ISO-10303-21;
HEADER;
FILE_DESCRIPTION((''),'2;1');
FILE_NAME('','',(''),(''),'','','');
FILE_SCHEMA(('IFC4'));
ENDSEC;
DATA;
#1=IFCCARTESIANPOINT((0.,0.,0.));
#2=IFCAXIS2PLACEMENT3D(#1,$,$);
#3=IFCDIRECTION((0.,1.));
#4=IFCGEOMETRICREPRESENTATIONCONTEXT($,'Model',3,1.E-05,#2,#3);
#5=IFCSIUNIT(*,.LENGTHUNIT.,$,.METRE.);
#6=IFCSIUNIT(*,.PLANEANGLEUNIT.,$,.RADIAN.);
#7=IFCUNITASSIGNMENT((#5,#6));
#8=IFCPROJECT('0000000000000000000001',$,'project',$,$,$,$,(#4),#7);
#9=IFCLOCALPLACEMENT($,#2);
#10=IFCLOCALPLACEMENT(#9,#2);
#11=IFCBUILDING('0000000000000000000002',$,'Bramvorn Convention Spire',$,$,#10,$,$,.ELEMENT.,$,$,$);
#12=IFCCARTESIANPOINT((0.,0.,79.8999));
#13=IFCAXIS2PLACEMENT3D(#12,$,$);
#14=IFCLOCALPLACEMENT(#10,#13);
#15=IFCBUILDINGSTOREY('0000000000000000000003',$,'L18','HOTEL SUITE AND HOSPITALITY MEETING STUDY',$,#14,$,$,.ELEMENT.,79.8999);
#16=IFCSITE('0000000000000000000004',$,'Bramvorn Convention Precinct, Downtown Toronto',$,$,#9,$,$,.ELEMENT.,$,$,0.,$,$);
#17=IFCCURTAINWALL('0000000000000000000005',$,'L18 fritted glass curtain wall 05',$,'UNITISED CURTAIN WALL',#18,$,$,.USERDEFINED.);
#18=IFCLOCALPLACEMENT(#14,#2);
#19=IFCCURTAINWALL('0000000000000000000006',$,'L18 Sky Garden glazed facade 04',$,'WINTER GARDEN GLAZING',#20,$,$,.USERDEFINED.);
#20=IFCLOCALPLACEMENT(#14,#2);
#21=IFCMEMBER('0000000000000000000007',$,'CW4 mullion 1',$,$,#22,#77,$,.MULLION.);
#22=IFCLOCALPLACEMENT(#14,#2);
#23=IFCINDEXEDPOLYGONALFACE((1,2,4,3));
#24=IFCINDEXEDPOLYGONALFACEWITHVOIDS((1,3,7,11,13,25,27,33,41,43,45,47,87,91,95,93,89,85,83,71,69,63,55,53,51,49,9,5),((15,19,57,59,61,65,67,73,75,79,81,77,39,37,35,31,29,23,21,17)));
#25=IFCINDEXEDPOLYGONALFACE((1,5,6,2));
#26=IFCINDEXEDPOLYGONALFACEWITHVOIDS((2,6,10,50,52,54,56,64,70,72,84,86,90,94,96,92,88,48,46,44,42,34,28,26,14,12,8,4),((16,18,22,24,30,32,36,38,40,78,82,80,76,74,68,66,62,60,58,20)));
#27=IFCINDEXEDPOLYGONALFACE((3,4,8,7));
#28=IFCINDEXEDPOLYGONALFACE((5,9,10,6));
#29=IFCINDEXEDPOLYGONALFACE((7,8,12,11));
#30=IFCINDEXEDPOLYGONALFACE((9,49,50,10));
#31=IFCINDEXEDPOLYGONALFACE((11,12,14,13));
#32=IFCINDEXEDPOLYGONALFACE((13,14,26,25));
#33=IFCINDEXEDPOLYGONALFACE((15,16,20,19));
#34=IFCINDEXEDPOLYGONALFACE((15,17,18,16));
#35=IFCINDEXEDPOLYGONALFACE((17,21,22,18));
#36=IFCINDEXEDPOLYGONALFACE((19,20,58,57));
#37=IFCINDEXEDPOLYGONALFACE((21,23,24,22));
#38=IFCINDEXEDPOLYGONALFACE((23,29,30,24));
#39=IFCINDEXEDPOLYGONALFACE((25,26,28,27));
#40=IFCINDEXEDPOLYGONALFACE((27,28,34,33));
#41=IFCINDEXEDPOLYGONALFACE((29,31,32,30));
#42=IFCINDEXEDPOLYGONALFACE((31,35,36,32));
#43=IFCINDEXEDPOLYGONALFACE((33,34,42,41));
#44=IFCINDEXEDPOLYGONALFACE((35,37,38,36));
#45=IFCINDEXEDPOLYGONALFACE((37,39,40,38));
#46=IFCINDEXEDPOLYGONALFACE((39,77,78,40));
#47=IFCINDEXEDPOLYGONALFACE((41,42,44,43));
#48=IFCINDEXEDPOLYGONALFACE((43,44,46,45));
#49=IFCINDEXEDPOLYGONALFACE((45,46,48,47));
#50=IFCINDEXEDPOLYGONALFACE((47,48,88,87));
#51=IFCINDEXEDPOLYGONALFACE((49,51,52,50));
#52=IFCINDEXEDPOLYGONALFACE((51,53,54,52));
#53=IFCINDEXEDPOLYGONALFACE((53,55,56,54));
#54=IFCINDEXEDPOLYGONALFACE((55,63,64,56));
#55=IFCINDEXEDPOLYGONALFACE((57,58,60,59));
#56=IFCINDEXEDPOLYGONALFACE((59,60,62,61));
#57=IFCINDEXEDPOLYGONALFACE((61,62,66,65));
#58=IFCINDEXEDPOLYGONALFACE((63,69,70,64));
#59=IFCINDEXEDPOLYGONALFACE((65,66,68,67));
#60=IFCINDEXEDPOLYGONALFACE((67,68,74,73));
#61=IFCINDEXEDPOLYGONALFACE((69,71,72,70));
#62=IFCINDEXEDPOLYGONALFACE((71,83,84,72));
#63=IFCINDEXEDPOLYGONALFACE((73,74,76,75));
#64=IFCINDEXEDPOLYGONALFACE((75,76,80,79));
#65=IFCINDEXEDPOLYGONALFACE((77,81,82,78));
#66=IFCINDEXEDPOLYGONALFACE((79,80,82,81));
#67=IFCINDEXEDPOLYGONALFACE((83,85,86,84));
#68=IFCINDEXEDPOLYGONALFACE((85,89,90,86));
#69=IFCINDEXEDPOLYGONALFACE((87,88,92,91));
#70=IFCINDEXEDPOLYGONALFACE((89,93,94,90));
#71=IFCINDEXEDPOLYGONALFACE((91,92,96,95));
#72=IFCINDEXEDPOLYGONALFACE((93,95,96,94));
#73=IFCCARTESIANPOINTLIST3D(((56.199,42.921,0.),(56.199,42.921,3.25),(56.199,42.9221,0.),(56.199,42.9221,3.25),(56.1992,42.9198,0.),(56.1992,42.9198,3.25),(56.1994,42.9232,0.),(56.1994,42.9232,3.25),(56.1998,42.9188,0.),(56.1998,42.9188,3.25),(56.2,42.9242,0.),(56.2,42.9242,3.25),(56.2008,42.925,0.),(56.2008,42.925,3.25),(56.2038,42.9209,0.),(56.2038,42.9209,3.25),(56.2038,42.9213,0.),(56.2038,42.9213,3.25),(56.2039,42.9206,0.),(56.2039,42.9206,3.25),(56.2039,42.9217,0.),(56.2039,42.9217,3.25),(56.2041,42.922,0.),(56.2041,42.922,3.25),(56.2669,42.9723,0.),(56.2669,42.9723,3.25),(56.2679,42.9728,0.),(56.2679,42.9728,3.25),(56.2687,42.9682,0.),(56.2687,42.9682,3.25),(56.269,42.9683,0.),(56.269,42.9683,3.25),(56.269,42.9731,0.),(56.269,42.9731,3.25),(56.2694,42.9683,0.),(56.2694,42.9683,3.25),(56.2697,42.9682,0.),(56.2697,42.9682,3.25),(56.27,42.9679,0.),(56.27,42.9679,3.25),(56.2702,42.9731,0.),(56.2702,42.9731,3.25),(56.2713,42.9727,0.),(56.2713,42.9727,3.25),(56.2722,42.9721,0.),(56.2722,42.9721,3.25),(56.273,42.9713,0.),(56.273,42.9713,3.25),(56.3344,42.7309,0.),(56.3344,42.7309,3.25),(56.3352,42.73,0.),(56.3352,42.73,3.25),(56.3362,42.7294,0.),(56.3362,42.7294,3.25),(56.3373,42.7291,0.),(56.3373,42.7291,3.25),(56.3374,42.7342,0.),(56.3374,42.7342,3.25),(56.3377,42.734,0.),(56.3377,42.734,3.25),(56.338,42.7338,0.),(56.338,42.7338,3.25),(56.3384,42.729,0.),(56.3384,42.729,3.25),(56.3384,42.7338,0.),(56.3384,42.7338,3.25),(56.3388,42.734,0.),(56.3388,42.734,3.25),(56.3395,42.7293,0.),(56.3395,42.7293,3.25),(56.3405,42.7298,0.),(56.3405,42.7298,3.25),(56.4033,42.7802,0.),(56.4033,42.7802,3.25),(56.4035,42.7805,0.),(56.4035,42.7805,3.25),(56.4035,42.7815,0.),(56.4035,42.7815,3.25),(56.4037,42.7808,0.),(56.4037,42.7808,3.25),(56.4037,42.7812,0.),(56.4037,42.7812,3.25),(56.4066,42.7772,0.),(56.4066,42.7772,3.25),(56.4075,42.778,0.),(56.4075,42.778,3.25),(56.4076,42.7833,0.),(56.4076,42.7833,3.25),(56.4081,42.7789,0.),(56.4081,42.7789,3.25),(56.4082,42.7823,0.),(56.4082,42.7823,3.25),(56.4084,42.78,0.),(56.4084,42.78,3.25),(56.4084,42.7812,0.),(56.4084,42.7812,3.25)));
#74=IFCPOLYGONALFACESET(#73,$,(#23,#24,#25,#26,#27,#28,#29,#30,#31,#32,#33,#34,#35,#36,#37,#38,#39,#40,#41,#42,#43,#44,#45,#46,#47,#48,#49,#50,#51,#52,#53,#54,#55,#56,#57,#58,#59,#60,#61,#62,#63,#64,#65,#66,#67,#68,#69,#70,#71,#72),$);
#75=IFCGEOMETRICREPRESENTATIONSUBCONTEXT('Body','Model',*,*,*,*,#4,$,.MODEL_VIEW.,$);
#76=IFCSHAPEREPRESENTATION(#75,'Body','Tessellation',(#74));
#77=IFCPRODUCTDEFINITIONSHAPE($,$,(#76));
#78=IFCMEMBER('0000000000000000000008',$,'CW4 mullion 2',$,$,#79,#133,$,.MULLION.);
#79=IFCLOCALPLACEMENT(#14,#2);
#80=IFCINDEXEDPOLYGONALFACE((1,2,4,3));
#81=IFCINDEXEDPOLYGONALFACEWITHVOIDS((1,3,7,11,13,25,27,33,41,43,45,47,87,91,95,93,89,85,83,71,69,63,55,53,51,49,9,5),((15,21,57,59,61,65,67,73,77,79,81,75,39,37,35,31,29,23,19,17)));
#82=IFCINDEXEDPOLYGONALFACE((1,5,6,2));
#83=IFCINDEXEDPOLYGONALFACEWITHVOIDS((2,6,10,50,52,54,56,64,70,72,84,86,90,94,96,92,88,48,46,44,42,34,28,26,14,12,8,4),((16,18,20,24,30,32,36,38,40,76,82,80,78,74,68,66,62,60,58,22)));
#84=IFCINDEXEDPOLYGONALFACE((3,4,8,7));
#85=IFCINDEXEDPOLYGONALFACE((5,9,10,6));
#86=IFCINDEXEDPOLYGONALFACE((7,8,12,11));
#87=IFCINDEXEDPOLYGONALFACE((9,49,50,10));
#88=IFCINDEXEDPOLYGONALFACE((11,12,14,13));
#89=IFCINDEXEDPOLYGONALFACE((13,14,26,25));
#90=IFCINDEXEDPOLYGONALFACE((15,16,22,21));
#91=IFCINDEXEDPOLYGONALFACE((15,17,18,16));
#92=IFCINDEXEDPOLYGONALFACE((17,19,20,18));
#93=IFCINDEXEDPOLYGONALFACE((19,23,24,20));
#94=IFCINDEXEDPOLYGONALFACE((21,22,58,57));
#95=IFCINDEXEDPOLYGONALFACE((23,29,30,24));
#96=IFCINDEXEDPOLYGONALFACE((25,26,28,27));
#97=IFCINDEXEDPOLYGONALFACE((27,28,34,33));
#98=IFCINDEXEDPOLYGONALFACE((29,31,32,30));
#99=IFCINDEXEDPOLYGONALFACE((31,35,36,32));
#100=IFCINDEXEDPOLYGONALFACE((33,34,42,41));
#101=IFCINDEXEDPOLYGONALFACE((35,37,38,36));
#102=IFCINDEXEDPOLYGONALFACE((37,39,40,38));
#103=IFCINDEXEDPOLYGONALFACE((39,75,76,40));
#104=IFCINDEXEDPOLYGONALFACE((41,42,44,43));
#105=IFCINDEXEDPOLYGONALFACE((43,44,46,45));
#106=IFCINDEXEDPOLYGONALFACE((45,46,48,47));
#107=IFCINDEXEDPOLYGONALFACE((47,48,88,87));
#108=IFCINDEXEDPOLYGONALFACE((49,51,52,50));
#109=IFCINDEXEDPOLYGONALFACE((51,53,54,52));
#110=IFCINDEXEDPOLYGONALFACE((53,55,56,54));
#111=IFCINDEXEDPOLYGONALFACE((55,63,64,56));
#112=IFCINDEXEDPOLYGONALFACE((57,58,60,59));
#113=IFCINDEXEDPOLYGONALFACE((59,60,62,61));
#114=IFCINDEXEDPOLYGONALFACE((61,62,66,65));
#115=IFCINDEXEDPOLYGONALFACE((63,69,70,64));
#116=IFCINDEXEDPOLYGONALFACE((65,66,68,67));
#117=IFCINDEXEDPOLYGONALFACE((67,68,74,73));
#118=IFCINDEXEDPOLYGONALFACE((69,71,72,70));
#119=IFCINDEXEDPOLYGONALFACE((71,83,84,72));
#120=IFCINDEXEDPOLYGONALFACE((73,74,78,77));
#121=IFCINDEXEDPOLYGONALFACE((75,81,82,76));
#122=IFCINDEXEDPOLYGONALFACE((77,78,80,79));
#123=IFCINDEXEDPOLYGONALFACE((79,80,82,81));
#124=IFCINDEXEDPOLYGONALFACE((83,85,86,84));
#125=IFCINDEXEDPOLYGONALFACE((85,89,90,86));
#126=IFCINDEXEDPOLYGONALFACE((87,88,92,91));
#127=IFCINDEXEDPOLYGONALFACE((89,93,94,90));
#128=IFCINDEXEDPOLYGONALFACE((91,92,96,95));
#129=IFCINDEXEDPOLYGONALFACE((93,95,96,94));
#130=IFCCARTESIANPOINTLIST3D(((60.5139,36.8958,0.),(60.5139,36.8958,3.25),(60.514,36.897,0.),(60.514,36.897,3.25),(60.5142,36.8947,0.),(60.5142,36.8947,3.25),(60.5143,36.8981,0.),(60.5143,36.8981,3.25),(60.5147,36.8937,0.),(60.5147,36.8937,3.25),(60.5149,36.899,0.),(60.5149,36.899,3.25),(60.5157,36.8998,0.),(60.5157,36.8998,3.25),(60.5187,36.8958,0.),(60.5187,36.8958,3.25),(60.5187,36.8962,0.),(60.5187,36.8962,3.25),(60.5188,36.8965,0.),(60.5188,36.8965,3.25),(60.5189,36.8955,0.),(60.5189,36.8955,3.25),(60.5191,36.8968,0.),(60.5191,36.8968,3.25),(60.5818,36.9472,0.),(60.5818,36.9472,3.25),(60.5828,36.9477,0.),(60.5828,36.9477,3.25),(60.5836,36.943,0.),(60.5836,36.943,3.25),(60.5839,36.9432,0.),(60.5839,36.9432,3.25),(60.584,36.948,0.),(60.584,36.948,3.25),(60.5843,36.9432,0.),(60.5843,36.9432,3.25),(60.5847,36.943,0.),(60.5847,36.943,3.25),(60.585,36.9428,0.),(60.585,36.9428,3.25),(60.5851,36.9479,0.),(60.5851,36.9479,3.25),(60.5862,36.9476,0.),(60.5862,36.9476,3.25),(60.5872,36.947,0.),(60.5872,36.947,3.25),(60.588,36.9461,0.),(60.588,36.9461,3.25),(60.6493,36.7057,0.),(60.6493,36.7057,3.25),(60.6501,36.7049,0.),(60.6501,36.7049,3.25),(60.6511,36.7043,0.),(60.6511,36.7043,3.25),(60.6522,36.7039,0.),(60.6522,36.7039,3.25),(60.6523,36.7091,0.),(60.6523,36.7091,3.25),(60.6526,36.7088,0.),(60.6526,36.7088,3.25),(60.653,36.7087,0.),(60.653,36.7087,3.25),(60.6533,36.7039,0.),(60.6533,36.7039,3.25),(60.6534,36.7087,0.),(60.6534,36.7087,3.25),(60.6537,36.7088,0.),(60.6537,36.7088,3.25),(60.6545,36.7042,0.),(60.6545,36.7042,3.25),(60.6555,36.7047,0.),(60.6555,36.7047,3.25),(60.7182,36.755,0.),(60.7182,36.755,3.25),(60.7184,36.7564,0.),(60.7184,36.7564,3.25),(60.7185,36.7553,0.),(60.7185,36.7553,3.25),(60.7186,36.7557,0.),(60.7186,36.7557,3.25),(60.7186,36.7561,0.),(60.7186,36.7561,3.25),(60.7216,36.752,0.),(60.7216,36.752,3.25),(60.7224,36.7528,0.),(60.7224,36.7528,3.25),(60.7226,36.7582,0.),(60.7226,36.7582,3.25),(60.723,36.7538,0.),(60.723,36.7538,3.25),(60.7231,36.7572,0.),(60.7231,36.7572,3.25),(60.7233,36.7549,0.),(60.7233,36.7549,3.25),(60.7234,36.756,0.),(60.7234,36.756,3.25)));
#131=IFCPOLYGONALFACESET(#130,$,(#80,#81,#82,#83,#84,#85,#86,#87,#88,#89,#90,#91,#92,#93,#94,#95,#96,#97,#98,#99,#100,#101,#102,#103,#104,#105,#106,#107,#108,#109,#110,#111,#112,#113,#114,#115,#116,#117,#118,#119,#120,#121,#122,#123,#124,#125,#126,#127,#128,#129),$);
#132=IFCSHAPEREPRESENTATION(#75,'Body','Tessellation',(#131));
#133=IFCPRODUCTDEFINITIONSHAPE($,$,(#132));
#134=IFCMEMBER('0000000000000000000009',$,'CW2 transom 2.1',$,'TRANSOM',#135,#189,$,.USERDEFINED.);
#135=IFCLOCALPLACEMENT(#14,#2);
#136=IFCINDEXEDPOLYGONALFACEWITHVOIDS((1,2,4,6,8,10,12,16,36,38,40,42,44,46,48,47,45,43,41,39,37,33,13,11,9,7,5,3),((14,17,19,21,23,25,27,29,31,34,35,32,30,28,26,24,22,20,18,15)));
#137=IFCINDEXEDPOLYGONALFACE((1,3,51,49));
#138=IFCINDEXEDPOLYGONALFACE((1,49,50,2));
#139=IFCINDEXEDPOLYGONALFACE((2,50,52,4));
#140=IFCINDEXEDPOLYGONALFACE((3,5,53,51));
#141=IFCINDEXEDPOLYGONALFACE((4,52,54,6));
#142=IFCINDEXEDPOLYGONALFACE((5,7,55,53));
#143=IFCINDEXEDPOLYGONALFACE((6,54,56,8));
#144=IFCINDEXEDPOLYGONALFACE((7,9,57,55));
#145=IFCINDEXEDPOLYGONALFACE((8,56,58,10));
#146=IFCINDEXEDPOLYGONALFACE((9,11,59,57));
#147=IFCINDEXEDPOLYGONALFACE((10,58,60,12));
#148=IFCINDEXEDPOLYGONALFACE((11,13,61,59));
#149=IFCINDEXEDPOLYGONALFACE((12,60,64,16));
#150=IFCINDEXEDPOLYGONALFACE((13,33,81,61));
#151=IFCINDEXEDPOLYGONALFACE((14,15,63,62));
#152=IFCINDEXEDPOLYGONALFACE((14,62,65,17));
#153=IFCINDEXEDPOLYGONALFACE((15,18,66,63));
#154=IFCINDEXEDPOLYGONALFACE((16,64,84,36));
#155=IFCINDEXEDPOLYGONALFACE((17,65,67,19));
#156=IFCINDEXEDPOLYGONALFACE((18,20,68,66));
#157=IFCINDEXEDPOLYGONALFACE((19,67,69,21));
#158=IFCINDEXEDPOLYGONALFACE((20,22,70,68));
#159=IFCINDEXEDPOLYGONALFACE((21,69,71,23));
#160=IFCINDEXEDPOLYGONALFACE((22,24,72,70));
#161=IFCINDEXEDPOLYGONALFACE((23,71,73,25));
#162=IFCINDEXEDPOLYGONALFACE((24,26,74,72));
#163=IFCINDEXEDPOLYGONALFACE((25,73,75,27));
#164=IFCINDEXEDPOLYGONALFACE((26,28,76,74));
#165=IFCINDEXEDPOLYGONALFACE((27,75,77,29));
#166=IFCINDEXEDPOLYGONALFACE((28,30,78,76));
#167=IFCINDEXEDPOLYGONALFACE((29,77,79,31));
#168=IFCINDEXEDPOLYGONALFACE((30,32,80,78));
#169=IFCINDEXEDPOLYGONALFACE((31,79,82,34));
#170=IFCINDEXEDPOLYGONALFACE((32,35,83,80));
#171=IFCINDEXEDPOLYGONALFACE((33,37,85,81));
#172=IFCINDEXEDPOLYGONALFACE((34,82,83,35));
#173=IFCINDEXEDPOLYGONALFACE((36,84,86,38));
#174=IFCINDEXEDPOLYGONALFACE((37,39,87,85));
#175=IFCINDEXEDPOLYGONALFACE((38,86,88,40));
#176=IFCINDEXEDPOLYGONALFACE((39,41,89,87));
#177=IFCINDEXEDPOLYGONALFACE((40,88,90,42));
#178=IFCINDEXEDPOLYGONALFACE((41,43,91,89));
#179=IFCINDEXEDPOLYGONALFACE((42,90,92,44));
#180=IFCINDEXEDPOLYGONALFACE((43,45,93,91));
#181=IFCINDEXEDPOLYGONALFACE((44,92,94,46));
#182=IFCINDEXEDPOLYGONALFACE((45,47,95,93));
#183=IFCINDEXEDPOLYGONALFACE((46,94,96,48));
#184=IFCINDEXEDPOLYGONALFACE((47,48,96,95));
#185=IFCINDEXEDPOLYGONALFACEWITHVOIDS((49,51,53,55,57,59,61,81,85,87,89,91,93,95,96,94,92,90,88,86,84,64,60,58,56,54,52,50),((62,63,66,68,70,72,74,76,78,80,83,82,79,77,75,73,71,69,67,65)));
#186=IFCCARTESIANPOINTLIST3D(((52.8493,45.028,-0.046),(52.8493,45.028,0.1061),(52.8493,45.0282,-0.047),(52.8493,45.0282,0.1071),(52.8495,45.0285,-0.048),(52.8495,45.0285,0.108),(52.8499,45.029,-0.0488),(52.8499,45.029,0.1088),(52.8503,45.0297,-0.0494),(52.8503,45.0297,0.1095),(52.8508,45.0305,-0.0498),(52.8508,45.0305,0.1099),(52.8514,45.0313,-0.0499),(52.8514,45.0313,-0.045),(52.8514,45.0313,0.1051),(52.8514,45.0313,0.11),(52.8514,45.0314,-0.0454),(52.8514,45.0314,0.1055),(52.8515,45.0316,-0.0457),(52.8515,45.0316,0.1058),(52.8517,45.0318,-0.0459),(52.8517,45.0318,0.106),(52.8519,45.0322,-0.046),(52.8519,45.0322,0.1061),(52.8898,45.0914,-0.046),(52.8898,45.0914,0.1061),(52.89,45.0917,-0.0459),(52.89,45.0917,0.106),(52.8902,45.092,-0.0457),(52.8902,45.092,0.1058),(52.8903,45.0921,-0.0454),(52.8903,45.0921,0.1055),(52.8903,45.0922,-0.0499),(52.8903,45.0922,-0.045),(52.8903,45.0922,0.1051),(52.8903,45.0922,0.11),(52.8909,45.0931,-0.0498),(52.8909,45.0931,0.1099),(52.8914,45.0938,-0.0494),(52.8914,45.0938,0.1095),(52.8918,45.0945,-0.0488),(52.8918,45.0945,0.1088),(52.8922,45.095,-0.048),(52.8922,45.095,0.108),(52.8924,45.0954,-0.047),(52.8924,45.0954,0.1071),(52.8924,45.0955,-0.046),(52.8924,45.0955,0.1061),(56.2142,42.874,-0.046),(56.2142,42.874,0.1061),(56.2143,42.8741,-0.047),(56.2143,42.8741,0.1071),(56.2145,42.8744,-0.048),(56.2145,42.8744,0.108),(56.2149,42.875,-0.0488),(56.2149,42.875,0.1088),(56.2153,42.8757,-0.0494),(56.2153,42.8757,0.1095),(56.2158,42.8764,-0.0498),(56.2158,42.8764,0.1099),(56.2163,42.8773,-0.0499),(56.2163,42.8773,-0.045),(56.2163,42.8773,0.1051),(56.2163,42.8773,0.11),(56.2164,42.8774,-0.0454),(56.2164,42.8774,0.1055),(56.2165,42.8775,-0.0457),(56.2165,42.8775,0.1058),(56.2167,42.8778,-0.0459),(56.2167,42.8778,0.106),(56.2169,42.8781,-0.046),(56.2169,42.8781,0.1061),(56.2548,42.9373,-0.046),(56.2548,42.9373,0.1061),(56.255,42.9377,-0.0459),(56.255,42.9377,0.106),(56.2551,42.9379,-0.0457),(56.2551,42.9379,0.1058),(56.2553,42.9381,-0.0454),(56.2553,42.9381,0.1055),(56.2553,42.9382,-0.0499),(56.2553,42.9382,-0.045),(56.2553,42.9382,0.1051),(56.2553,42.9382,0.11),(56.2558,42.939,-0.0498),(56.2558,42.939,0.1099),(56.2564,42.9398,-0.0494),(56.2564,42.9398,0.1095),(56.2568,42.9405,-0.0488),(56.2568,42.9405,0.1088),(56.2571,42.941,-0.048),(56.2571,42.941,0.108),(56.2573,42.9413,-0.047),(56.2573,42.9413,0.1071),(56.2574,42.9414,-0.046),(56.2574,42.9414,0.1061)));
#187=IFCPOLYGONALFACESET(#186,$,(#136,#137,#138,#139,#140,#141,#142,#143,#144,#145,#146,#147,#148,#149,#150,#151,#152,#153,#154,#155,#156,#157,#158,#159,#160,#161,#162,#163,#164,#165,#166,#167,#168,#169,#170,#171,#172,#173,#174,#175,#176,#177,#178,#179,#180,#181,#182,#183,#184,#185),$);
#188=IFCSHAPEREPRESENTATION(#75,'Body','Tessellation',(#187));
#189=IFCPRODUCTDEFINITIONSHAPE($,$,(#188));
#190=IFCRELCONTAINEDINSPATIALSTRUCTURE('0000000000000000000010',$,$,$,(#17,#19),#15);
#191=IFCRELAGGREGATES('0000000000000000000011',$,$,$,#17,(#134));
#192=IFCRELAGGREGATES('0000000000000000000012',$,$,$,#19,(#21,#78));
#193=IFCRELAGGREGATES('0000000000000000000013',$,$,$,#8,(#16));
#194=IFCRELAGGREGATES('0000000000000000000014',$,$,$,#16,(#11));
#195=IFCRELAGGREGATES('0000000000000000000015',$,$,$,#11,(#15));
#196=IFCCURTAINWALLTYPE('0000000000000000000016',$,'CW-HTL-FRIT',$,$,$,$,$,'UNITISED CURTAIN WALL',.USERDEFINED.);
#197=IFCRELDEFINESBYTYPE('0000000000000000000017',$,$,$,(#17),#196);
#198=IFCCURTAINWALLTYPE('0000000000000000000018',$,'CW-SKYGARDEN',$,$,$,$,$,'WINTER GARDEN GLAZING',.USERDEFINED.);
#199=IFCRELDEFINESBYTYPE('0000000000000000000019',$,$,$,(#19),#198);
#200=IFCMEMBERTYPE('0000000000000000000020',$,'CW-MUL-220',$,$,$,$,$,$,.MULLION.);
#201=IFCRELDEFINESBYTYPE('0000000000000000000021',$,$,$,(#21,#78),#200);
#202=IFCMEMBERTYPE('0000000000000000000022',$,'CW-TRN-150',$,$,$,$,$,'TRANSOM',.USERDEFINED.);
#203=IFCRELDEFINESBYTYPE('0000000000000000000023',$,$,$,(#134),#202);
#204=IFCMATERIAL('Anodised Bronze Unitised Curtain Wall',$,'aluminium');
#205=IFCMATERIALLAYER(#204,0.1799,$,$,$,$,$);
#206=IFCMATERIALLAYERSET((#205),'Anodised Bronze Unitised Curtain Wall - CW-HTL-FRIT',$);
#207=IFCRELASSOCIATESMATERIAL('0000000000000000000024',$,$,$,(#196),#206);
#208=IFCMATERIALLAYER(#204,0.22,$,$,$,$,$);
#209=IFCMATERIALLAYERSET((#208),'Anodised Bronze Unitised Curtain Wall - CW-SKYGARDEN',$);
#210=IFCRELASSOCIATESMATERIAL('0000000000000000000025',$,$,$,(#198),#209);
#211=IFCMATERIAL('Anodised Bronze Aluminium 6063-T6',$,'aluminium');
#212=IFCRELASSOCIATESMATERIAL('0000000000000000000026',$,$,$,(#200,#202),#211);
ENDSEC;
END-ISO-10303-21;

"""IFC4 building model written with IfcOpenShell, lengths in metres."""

from ifc_helpers import new_model, si_unit, direction, frame, origin, origin_2d, place, context, subcontext, project, spatial, hollow_rectangle, extrude, material, layer, layer_set, material_profile, profile_set, type_object, element, aggregate, save


model = new_model("IFC4")

# Units and contexts
model_context = context("Model", 3, precision=1e-05, world=origin(), true_north=direction((0.0, 1.0)))
body_context = subcontext(model_context, "Body", "Model", "MODEL_VIEW")
ifc_project = project(units=[si_unit("LENGTHUNIT", "METRE"), si_unit("PLANEANGLEUNIT", "RADIAN")], contexts=[model_context])

# Site, building, storey
site_placement = place(None, origin())
site = spatial("IfcSite", under=ifc_project, at=site_placement, Name="Bramvorn Convention Precinct, Downtown Toronto", CompositionType="ELEMENT", RefElevation=0.0)
building_placement = place(site_placement, origin())
building = spatial("IfcBuilding", under=site, at=building_placement, Name="Bramvorn Convention Spire", CompositionType="ELEMENT")
storey_placement = place(building_placement, frame((0.0, 0.0, 79.8999)))
storey = spatial("IfcBuildingStorey", under=building, at=storey_placement, Name="L18", Description="HOTEL SUITE AND HOSPITALITY MEETING STUDY", CompositionType="ELEMENT", Elevation=79.8999)

# Curtain wall
ifc_material_1 = material(Name="Anodised Bronze Unitised Curtain Wall", Category="aluminium")
ifc_layer_1 = layer(ifc_material_1, 0.1799)
ifc_layer_set_1 = layer_set([ifc_layer_1], Name="Anodised Bronze Unitised Curtain Wall - CW-HTL-FRIT")
curtain_wall_type_1 = type_object("IfcCurtainWallType", Name="CW-HTL-FRIT", ElementType="UNITISED CURTAIN WALL", PredefinedType="USERDEFINED", material=ifc_layer_set_1)
curtain_wall_1_placement = place(storey_placement, origin())
curtain_wall_1 = element("IfcCurtainWall", 1, at=curtain_wall_1_placement, inside=storey, type_object=curtain_wall_type_1, Name="L18 fritted glass curtain wall 05", ObjectType="UNITISED CURTAIN WALL", PredefinedType="USERDEFINED")
ifc_material_2 = material(Name="Anodised Bronze Aluminium 6063-T6", Category="aluminium")

# Shared definitions
ifc_layer_2 = layer(ifc_material_1, 0.22)
ifc_layer_set_2 = layer_set([ifc_layer_2], Name="Anodised Bronze Unitised Curtain Wall - CW-SKYGARDEN")
curtain_wall_type_2 = type_object("IfcCurtainWallType", Name="CW-SKYGARDEN", ElementType="WINTER GARDEN GLAZING", PredefinedType="USERDEFINED", material=ifc_layer_set_2)
ifc_material_profile_1 = material_profile(ifc_material_2, hollow_rectangle(XDim=0.0901, YDim=0.24, WallThickness=0.0044, InnerFilletRadius=0.001, OuterFilletRadius=0.0044, at=origin_2d()))
ifc_profile_set_1 = profile_set([ifc_material_profile_1], Name="Anodised Bronze Aluminium 6063-T6 - CWM90X240")
member_type_1 = type_object("IfcMemberType", Name="CW-MUL-220", PredefinedType="MULLION", material=ifc_profile_set_1)

# Curtain wall, members
curtain_wall_2_placement = place(storey_placement, origin())
curtain_wall_2 = element("IfcCurtainWall", 2, at=curtain_wall_2_placement, inside=storey, type_object=curtain_wall_type_2, Name="L18 Sky Garden glazed facade 04", ObjectType="WINTER GARDEN GLAZING", PredefinedType="USERDEFINED")
member_1_placement = place(storey_placement, frame((56.3037, 42.8511, 0.0), z_axis=(0.0, 0.0, 1.0), x_axis=(0.813024, 0.58223, 0.0)))
member_1 = element("IfcMember", 3, at=member_1_placement, type_object=member_type_1, Name="CW4 mullion 1", PredefinedType="MULLION", context=body_context, shape_type="SweptSolid", body=[
    extrude(hollow_rectangle(XDim=0.0901, YDim=0.24, WallThickness=0.0044, InnerFilletRadius=0.001, OuterFilletRadius=0.0044, at=origin_2d()), origin(), (0.0, 0.0, 1.0), 3.25),
])
member_2_placement = place(storey_placement, frame((60.6187, 36.8259, 0.0), z_axis=(0.0, 0.0, 1.0), x_axis=(0.813024, 0.58223, 0.0)))
member_2 = element("IfcMember", 4, at=member_2_placement, type_object=member_type_1, Name="CW4 mullion 2", PredefinedType="MULLION", context=body_context, shape_type="SweptSolid", body=[
    extrude(hollow_rectangle(XDim=0.0901, YDim=0.24, WallThickness=0.0044, InnerFilletRadius=0.001, OuterFilletRadius=0.0044, at=origin_2d()), origin(), (0.0, 0.0, 1.0), 3.25),
])

# Member
ifc_material_profile_2 = material_profile(ifc_material_2, hollow_rectangle(XDim=0.0801, YDim=0.1599, WallThickness=0.0039, InnerFilletRadius=0.001, OuterFilletRadius=0.0039, at=origin_2d()))
ifc_profile_set_2 = profile_set([ifc_material_profile_2], Name="Anodised Bronze Aluminium 6063-T6 - CWT80X160")
member_type_2 = type_object("IfcMemberType", Name="CW-TRN-150", ElementType="TRANSOM", PredefinedType="USERDEFINED", material=ifc_profile_set_2)
member_3_placement = place(storey_placement, frame((52.8708, 45.0618, 0.03), z_axis=(0.842219, -0.539135, 0.0), x_axis=(0.539135, 0.842219, 0.0)))
member_3 = element("IfcMember", 5, at=member_3_placement, type_object=member_type_2, Name="CW2 transom 2.1", ObjectType="TRANSOM", PredefinedType="USERDEFINED", context=body_context, shape_type="SweptSolid", body=[
    extrude(hollow_rectangle(XDim=0.0801, YDim=0.1599, WallThickness=0.0039, InnerFilletRadius=0.001, OuterFilletRadius=0.0039, at=origin_2d()), origin(), (0.0, 0.0, 1.0), 3.9954),
])

aggregate(curtain_wall_1, [member_3])
aggregate(curtain_wall_2, [member_1, member_2])

save(model, "model.ifc")
